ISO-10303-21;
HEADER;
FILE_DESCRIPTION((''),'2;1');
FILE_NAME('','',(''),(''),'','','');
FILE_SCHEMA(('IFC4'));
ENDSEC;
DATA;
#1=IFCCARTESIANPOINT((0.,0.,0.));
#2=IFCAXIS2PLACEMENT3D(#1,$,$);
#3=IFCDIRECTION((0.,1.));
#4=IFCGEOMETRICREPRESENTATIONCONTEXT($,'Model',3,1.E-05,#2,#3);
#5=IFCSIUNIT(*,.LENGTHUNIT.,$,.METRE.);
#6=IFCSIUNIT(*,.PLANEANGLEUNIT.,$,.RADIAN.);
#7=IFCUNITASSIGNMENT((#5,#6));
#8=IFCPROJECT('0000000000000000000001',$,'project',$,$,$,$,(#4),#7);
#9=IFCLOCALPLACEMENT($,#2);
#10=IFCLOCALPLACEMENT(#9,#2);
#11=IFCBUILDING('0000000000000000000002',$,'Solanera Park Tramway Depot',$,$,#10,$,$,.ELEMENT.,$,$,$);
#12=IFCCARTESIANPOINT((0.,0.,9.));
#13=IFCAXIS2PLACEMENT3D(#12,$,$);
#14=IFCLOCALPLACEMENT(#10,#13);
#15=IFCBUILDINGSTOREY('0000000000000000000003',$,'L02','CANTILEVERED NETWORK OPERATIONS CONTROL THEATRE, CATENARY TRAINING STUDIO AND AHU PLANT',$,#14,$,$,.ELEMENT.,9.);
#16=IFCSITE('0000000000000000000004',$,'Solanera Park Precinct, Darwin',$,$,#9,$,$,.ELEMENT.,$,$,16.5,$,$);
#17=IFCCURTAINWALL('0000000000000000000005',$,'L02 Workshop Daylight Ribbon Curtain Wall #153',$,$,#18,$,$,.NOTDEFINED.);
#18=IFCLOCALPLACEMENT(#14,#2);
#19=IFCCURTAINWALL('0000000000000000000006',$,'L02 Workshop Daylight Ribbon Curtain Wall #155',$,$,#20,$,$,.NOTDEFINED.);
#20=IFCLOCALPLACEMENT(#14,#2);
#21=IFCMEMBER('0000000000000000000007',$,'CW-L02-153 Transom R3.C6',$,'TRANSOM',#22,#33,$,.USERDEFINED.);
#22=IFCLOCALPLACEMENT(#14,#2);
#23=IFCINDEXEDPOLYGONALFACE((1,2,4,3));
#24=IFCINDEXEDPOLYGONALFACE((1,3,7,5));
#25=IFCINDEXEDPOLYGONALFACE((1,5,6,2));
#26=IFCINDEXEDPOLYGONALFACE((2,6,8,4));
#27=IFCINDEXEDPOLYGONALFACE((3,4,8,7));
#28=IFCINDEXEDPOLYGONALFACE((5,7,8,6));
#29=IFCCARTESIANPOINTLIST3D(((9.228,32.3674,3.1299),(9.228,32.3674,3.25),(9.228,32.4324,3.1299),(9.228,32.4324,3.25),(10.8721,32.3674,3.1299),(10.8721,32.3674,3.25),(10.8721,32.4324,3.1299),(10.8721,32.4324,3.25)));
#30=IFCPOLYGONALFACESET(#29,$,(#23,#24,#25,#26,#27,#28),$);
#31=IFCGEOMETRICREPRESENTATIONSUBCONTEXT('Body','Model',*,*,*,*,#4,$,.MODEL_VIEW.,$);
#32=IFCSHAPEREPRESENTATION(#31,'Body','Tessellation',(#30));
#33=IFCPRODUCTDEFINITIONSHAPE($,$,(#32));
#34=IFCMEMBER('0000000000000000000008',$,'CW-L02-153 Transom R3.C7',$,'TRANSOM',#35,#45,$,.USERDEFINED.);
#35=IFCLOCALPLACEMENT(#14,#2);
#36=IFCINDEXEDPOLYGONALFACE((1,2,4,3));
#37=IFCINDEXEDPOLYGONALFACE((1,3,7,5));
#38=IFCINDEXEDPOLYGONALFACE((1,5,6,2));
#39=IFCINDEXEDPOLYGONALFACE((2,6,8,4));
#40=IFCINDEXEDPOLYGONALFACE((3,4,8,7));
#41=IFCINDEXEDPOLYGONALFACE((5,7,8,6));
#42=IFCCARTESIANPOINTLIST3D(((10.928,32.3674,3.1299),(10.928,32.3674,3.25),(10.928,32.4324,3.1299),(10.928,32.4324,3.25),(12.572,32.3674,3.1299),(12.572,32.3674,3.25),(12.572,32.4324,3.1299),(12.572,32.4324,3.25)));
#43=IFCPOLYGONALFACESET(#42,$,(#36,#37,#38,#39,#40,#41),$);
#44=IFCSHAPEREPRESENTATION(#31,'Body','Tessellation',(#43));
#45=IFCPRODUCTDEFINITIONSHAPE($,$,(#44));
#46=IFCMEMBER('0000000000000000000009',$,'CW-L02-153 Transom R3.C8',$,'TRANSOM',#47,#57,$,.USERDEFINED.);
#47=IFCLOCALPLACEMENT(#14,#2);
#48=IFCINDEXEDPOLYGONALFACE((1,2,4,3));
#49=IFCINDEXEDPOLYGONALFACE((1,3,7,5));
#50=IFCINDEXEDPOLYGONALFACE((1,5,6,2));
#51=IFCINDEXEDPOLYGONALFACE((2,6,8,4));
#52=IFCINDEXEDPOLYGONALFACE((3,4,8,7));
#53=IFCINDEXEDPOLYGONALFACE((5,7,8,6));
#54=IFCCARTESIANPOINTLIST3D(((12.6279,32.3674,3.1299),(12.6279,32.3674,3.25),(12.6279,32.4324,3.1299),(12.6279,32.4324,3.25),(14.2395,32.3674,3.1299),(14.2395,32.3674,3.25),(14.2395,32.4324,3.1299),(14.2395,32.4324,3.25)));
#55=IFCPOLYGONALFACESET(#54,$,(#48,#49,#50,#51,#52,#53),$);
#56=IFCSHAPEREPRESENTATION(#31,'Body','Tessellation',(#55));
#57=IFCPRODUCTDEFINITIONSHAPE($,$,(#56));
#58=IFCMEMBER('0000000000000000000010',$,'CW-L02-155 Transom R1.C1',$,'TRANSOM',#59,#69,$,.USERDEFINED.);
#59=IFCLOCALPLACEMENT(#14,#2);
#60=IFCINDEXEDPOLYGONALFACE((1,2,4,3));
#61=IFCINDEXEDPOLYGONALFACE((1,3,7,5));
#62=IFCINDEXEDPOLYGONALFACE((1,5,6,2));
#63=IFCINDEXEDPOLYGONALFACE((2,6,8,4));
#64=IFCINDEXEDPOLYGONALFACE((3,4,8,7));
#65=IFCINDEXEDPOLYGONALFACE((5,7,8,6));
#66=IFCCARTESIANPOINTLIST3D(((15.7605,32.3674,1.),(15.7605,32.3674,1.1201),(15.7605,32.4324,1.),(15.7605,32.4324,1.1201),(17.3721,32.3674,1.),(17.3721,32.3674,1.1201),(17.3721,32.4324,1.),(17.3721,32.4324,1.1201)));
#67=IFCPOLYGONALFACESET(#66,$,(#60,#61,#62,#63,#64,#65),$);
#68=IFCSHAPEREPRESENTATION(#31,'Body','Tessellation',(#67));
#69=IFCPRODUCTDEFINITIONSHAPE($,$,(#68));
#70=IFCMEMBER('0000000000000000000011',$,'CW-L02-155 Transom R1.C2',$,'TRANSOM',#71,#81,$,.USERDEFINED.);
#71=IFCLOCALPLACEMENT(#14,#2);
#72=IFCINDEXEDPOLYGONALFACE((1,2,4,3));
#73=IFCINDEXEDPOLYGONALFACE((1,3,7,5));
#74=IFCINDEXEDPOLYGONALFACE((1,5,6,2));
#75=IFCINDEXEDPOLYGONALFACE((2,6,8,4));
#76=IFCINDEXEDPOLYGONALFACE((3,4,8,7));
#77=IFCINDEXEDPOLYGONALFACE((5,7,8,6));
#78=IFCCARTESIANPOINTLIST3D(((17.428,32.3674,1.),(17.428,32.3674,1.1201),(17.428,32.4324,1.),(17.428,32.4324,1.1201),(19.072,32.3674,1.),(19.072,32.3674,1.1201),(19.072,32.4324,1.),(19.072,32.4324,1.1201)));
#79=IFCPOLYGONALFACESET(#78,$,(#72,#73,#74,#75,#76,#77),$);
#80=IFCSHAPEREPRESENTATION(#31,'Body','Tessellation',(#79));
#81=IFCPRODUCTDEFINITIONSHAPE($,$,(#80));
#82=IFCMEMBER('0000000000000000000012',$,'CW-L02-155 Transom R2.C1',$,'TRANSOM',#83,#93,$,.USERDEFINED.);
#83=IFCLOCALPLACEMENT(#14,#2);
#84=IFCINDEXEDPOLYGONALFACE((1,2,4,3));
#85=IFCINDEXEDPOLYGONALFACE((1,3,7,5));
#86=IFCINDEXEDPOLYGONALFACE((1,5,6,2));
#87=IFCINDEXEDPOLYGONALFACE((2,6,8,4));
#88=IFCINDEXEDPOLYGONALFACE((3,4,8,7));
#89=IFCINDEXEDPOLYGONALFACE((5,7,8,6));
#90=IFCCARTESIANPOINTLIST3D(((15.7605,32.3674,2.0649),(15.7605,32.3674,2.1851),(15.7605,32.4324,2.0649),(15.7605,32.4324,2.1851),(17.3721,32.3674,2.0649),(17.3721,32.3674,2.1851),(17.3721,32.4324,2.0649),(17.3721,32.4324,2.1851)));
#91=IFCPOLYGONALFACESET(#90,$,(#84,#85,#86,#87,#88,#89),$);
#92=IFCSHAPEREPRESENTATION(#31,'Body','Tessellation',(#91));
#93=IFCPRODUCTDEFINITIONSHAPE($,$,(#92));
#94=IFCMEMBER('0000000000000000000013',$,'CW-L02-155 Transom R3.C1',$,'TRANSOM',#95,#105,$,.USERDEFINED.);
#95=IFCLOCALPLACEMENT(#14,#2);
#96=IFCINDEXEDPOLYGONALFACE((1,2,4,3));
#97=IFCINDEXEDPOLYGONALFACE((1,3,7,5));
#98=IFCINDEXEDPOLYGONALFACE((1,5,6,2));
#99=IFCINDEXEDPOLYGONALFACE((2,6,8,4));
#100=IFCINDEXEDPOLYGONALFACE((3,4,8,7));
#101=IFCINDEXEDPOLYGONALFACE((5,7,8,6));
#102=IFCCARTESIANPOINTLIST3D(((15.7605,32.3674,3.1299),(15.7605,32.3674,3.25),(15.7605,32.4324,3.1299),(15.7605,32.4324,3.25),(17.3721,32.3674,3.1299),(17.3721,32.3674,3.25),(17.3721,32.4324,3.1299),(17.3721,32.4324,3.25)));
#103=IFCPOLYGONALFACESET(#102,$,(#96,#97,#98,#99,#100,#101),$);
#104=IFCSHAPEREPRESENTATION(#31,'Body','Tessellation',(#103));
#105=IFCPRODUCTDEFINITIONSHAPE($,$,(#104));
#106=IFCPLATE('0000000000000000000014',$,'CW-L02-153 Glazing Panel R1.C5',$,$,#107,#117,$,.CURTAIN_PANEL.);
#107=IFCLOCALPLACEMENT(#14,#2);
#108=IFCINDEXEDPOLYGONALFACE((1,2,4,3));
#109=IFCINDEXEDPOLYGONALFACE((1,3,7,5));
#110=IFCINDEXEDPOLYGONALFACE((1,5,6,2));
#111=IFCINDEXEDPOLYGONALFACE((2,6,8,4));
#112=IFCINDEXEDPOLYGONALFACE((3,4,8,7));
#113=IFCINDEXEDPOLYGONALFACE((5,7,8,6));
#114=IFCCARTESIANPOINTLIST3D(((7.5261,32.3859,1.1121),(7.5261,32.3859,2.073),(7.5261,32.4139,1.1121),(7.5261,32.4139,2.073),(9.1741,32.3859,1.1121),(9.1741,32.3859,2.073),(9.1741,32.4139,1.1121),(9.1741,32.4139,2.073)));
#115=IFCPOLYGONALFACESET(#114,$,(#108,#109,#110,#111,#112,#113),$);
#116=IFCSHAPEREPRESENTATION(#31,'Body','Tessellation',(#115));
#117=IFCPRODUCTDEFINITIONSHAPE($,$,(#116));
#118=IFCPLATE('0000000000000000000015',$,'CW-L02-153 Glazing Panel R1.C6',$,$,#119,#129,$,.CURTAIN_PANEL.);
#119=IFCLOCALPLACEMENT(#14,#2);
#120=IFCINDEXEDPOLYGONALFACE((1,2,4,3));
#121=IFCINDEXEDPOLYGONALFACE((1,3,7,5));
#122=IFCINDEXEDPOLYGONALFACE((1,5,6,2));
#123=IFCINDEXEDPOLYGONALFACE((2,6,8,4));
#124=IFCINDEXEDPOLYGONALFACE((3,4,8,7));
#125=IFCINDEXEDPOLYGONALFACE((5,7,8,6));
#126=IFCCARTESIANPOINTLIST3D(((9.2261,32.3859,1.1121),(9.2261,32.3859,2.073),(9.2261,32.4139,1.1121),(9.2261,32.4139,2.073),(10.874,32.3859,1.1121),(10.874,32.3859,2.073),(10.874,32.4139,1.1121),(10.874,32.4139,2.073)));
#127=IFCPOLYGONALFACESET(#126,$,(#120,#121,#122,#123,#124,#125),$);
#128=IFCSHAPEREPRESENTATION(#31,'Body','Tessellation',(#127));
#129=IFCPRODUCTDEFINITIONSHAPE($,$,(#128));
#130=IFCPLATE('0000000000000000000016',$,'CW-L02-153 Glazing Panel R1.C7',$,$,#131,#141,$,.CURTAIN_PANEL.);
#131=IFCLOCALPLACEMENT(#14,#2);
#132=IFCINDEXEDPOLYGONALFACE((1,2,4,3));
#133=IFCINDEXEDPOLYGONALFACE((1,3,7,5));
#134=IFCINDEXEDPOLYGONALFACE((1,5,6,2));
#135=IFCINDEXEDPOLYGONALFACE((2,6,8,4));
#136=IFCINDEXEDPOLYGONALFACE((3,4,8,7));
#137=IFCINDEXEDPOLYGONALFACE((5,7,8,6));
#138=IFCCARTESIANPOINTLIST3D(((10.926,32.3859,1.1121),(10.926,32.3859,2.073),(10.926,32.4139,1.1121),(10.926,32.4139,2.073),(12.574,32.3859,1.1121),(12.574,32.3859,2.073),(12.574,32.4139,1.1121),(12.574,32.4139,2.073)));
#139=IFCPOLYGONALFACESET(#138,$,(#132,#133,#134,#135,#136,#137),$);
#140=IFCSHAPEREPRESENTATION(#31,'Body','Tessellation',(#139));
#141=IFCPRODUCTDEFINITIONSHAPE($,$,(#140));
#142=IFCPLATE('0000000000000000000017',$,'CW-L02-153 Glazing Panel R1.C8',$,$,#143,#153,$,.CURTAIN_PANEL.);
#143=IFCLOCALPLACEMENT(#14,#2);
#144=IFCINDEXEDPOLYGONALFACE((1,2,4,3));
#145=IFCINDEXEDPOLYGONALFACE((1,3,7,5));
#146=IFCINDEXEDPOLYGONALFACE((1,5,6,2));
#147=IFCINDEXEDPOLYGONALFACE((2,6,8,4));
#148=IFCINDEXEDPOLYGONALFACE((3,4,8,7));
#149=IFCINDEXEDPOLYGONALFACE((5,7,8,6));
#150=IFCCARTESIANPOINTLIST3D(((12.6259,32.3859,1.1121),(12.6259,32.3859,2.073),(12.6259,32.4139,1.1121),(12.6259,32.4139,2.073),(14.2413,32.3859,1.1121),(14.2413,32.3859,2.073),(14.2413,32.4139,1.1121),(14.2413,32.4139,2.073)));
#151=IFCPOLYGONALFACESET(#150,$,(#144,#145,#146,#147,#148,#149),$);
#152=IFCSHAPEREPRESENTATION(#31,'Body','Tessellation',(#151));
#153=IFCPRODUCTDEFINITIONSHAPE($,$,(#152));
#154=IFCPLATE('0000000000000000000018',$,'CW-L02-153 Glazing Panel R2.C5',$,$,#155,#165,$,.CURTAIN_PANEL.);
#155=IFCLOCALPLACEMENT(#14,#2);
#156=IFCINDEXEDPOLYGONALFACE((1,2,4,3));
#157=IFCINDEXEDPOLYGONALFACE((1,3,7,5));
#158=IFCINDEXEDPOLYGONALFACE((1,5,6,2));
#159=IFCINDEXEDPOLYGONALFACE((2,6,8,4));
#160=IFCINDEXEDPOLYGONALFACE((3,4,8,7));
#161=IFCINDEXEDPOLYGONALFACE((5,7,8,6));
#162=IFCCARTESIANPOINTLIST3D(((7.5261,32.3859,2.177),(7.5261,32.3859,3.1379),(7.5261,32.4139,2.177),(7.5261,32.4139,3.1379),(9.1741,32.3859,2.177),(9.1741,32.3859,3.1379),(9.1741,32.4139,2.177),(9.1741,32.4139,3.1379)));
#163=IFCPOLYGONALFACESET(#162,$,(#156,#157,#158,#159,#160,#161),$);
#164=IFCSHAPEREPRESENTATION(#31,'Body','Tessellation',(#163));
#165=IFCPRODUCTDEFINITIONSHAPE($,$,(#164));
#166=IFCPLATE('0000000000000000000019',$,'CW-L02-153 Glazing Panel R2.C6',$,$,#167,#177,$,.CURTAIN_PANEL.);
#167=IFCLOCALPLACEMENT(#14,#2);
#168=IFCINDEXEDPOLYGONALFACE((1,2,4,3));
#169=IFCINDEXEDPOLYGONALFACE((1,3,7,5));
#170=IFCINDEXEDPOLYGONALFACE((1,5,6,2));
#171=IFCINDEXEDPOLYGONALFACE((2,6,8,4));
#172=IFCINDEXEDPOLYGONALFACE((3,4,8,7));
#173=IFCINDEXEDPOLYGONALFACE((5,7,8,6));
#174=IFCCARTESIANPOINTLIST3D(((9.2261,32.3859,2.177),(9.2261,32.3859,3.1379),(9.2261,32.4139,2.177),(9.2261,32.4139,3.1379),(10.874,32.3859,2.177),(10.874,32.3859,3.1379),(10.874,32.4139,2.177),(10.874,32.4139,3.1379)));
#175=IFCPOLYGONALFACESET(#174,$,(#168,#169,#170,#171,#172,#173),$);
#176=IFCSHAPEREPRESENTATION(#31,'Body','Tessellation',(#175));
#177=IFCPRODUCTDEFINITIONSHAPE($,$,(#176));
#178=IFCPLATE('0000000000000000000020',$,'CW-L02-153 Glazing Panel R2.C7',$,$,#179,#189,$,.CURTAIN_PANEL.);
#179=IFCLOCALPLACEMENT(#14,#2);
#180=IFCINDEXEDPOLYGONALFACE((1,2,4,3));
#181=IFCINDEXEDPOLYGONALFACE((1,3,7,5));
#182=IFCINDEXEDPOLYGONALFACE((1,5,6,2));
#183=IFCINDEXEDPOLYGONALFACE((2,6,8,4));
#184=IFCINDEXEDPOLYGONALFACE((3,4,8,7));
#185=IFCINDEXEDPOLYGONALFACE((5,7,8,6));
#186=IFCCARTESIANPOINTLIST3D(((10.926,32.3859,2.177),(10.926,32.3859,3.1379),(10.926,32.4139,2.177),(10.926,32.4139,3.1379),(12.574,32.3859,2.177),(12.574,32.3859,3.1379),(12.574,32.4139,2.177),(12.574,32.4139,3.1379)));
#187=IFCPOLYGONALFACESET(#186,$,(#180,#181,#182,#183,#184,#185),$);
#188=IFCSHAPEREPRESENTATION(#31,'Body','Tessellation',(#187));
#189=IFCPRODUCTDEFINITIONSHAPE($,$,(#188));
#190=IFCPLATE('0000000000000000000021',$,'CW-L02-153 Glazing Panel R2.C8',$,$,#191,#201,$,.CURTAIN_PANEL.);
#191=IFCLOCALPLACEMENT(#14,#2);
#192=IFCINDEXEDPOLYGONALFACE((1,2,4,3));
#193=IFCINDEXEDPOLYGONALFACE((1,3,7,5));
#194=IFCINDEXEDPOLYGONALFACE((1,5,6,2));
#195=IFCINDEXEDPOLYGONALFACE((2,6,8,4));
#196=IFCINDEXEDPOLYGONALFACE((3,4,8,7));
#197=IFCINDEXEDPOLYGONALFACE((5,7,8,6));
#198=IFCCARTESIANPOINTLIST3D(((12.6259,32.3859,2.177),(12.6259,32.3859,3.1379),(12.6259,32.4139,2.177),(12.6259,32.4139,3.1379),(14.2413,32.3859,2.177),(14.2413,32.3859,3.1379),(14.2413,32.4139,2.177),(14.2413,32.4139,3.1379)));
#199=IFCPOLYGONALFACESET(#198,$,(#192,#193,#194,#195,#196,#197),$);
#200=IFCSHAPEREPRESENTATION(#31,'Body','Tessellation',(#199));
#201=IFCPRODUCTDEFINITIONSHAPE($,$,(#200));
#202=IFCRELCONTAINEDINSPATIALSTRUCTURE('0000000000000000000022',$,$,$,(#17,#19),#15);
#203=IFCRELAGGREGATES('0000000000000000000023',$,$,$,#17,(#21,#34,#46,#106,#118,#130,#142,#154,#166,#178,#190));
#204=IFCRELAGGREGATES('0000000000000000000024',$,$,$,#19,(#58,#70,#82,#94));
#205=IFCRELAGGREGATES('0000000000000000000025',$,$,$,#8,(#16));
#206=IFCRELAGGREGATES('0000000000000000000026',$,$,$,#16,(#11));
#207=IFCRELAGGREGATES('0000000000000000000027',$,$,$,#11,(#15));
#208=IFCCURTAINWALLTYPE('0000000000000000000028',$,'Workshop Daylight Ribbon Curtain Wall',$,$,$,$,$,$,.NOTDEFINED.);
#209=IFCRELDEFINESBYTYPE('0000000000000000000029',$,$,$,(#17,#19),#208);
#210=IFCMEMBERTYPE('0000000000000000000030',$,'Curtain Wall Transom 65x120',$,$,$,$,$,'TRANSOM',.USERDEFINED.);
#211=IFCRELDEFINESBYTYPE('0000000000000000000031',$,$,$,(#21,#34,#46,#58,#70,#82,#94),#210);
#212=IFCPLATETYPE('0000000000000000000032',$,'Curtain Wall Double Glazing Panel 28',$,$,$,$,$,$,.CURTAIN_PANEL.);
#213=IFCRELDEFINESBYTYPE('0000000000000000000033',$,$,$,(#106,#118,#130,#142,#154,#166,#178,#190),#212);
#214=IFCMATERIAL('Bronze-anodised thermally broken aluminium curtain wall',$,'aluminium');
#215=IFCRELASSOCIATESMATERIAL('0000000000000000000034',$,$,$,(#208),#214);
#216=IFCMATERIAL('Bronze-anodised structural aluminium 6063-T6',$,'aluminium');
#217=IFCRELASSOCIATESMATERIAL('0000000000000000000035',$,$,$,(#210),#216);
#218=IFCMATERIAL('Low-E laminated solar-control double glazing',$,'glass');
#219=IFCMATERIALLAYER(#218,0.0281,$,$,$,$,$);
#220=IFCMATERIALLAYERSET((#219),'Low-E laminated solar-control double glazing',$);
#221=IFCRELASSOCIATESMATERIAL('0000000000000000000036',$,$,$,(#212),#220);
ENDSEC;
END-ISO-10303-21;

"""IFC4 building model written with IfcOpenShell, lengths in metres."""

from ifc_helpers import new_model, si_unit, direction, frame, origin, origin_2d, place, context, subcontext, project, spatial, rectangle, extrude, material, layer, layer_set, material_profile, profile_set, type_object, element, aggregate, save


model = new_model("IFC4")

# Units and contexts
model_context = context("Model", 3, precision=1e-05, world=origin(), true_north=direction((0.0, 1.0)))
body_context = subcontext(model_context, "Body", "Model", "MODEL_VIEW")
ifc_project = project(units=[si_unit("LENGTHUNIT", "METRE"), si_unit("PLANEANGLEUNIT", "RADIAN")], contexts=[model_context])

# Site, building, storey
site_placement = place(None, origin())
site = spatial("IfcSite", under=ifc_project, at=site_placement, Name="Solanera Park Precinct, Darwin", CompositionType="ELEMENT", RefElevation=16.5)
building_placement = place(site_placement, origin())
building = spatial("IfcBuilding", under=site, at=building_placement, Name="Solanera Park Tramway Depot", CompositionType="ELEMENT")
storey_placement = place(building_placement, frame((0.0, 0.0, 9.0)))
storey = spatial("IfcBuildingStorey", under=building, at=storey_placement, Name="L02", Description="CANTILEVERED NETWORK OPERATIONS CONTROL THEATRE, CATENARY TRAINING STUDIO AND AHU PLANT", CompositionType="ELEMENT", Elevation=9.0)

# Curtain walls
ifc_material_1 = material(Name="Bronze-anodised thermally broken aluminium curtain wall", Category="aluminium")
curtain_wall_type = type_object("IfcCurtainWallType", Name="Workshop Daylight Ribbon Curtain Wall", PredefinedType="NOTDEFINED", material=ifc_material_1)
curtain_wall_1_placement = place(storey_placement, origin())
curtain_wall_1 = element("IfcCurtainWall", 1, at=curtain_wall_1_placement, inside=storey, type_object=curtain_wall_type, Name="L02 Workshop Daylight Ribbon Curtain Wall #153", PredefinedType="NOTDEFINED")
curtain_wall_2_placement = place(storey_placement, origin())
curtain_wall_2 = element("IfcCurtainWall", 2, at=curtain_wall_2_placement, inside=storey, type_object=curtain_wall_type, Name="L02 Workshop Daylight Ribbon Curtain Wall #155", PredefinedType="NOTDEFINED")

# Members
ifc_material_2 = material(Name="Bronze-anodised structural aluminium 6063-T6", Category="aluminium")
ifc_material_profile_1 = material_profile(ifc_material_2, rectangle(XDim=0.0649, YDim=0.1201, at=origin_2d()), Name="Curtain Wall Transom 65x120")
ifc_profile_set_1 = profile_set([ifc_material_profile_1], Name="Bronze-anodised structural aluminium 6063-T6")
member_type_1 = type_object("IfcMemberType", Name="Curtain Wall Transom 65x120", ElementType="TRANSOM", PredefinedType="USERDEFINED", material=ifc_profile_set_1)
member_1_placement = place(storey_placement, frame((9.228, 32.3999, 3.1899), z_axis=(1.0, 0.0, 0.0), x_axis=(0.0, 1.0, 0.0)))
member_1 = element("IfcMember", 3, at=member_1_placement, type_object=member_type_1, Name="CW-L02-153 Transom R3.C6", ObjectType="TRANSOM", PredefinedType="USERDEFINED", context=body_context, shape_type="SweptSolid", body=[
    extrude(rectangle(XDim=0.0649, YDim=0.1201, at=origin_2d()), origin(), (0.0, 0.0, 1.0), 1.644),
])
member_2_placement = place(storey_placement, frame((10.928, 32.3999, 3.1899), z_axis=(1.0, 0.0, 0.0), x_axis=(0.0, 1.0, 0.0)))
member_2 = element("IfcMember", 4, at=member_2_placement, type_object=member_type_1, Name="CW-L02-153 Transom R3.C7", ObjectType="TRANSOM", PredefinedType="USERDEFINED", context=body_context, shape_type="SweptSolid", body=[
    extrude(rectangle(XDim=0.0649, YDim=0.1201, at=origin_2d()), origin(), (0.0, 0.0, 1.0), 1.644),
])
member_3_placement = place(storey_placement, frame((12.6279, 32.3999, 3.1899), z_axis=(1.0, 0.0, 0.0), x_axis=(0.0, 1.0, 0.0)))
member_3 = element("IfcMember", 5, at=member_3_placement, type_object=member_type_1, Name="CW-L02-153 Transom R3.C8", ObjectType="TRANSOM", PredefinedType="USERDEFINED", context=body_context, shape_type="SweptSolid", body=[
    extrude(rectangle(XDim=0.0649, YDim=0.1201, at=origin_2d()), origin(), (0.0, 0.0, 1.0), 1.6116),
])
member_4_placement = place(storey_placement, frame((15.7605, 32.3999, 1.0601), z_axis=(1.0, 0.0, 0.0), x_axis=(0.0, 1.0, 0.0)))
member_4 = element("IfcMember", 6, at=member_4_placement, type_object=member_type_1, Name="CW-L02-155 Transom R1.C1", ObjectType="TRANSOM", PredefinedType="USERDEFINED", context=body_context, shape_type="SweptSolid", body=[
    extrude(rectangle(XDim=0.0649, YDim=0.1201, at=origin_2d()), origin(), (0.0, 0.0, 1.0), 1.6116),
])
member_5_placement = place(storey_placement, frame((17.428, 32.3999, 1.0601), z_axis=(1.0, 0.0, 0.0), x_axis=(0.0, 1.0, 0.0)))
member_5 = element("IfcMember", 7, at=member_5_placement, type_object=member_type_1, Name="CW-L02-155 Transom R1.C2", ObjectType="TRANSOM", PredefinedType="USERDEFINED", context=body_context, shape_type="SweptSolid", body=[
    extrude(rectangle(XDim=0.0649, YDim=0.1201, at=origin_2d()), origin(), (0.0, 0.0, 1.0), 1.644),
])
member_6_placement = place(storey_placement, frame((15.7605, 32.3999, 2.125), z_axis=(1.0, 0.0, 0.0), x_axis=(0.0, 1.0, 0.0)))
member_6 = element("IfcMember", 8, at=member_6_placement, type_object=member_type_1, Name="CW-L02-155 Transom R2.C1", ObjectType="TRANSOM", PredefinedType="USERDEFINED", context=body_context, shape_type="SweptSolid", body=[
    extrude(rectangle(XDim=0.0649, YDim=0.1201, at=origin_2d()), origin(), (0.0, 0.0, 1.0), 1.6116),
])
member_7_placement = place(storey_placement, frame((15.7605, 32.3999, 3.1899), z_axis=(1.0, 0.0, 0.0), x_axis=(0.0, 1.0, 0.0)))
member_7 = element("IfcMember", 9, at=member_7_placement, type_object=member_type_1, Name="CW-L02-155 Transom R3.C1", ObjectType="TRANSOM", PredefinedType="USERDEFINED", context=body_context, shape_type="SweptSolid", body=[
    extrude(rectangle(XDim=0.0649, YDim=0.1201, at=origin_2d()), origin(), (0.0, 0.0, 1.0), 1.6116),
])

# Plates
ifc_material_3 = material(Name="Low-E laminated solar-control double glazing", Category="glass")
ifc_layer_1 = layer(ifc_material_3, 0.0281)
ifc_layer_set_1 = layer_set([ifc_layer_1], Name="Low-E laminated solar-control double glazing")
plate_type = type_object("IfcPlateType", Name="Curtain Wall Double Glazing Panel 28", PredefinedType="CURTAIN_PANEL", material=ifc_layer_set_1)
plate_1_placement = place(storey_placement, frame((8.3501, 32.3999, 1.1121), z_axis=(0.0, 0.0, 1.0), x_axis=(1.0, 0.0, 0.0)))
plate_1 = element("IfcPlate", 10, at=plate_1_placement, type_object=plate_type, Name="CW-L02-153 Glazing Panel R1.C5", PredefinedType="CURTAIN_PANEL", context=body_context, shape_type="SweptSolid", body=[
    extrude(rectangle(XDim=1.6479, YDim=0.0281, at=origin_2d()), origin(), (0.0, 0.0, 1.0), 0.9609),
])
plate_2_placement = place(storey_placement, frame((10.05, 32.3999, 1.1121), z_axis=(0.0, 0.0, 1.0), x_axis=(1.0, 0.0, 0.0)))
plate_2 = element("IfcPlate", 11, at=plate_2_placement, type_object=plate_type, Name="CW-L02-153 Glazing Panel R1.C6", PredefinedType="CURTAIN_PANEL", context=body_context, shape_type="SweptSolid", body=[
    extrude(rectangle(XDim=1.6479, YDim=0.0281, at=origin_2d()), origin(), (0.0, 0.0, 1.0), 0.9609),
])
plate_3_placement = place(storey_placement, frame((11.75, 32.3999, 1.1121), z_axis=(0.0, 0.0, 1.0), x_axis=(1.0, 0.0, 0.0)))
plate_3 = element("IfcPlate", 12, at=plate_3_placement, type_object=plate_type, Name="CW-L02-153 Glazing Panel R1.C7", PredefinedType="CURTAIN_PANEL", context=body_context, shape_type="SweptSolid", body=[
    extrude(rectangle(XDim=1.6479, YDim=0.0281, at=origin_2d()), origin(), (0.0, 0.0, 1.0), 0.9609),
])
plate_4_placement = place(storey_placement, frame((13.4336, 32.3999, 1.1121), z_axis=(0.0, 0.0, 1.0), x_axis=(1.0, 0.0, 0.0)))
plate_4 = element("IfcPlate", 13, at=plate_4_placement, type_object=plate_type, Name="CW-L02-153 Glazing Panel R1.C8", PredefinedType="CURTAIN_PANEL", context=body_context, shape_type="SweptSolid", body=[
    extrude(rectangle(XDim=1.6155, YDim=0.0281, at=origin_2d()), origin(), (0.0, 0.0, 1.0), 0.9609),
])
plate_5_placement = place(storey_placement, frame((8.3501, 32.3999, 2.177), z_axis=(0.0, 0.0, 1.0), x_axis=(1.0, 0.0, 0.0)))
plate_5 = element("IfcPlate", 14, at=plate_5_placement, type_object=plate_type, Name="CW-L02-153 Glazing Panel R2.C5", PredefinedType="CURTAIN_PANEL", context=body_context, shape_type="SweptSolid", body=[
    extrude(rectangle(XDim=1.6479, YDim=0.0281, at=origin_2d()), origin(), (0.0, 0.0, 1.0), 0.9609),
])
plate_6_placement = place(storey_placement, frame((10.05, 32.3999, 2.177), z_axis=(0.0, 0.0, 1.0), x_axis=(1.0, 0.0, 0.0)))
plate_6 = element("IfcPlate", 15, at=plate_6_placement, type_object=plate_type, Name="CW-L02-153 Glazing Panel R2.C6", PredefinedType="CURTAIN_PANEL", context=body_context, shape_type="SweptSolid", body=[
    extrude(rectangle(XDim=1.6479, YDim=0.0281, at=origin_2d()), origin(), (0.0, 0.0, 1.0), 0.9609),
])
plate_7_placement = place(storey_placement, frame((11.75, 32.3999, 2.177), z_axis=(0.0, 0.0, 1.0), x_axis=(1.0, 0.0, 0.0)))
plate_7 = element("IfcPlate", 16, at=plate_7_placement, type_object=plate_type, Name="CW-L02-153 Glazing Panel R2.C7", PredefinedType="CURTAIN_PANEL", context=body_context, shape_type="SweptSolid", body=[
    extrude(rectangle(XDim=1.6479, YDim=0.0281, at=origin_2d()), origin(), (0.0, 0.0, 1.0), 0.9609),
])
plate_8_placement = place(storey_placement, frame((13.4336, 32.3999, 2.177), z_axis=(0.0, 0.0, 1.0), x_axis=(1.0, 0.0, 0.0)))
plate_8 = element("IfcPlate", 17, at=plate_8_placement, type_object=plate_type, Name="CW-L02-153 Glazing Panel R2.C8", PredefinedType="CURTAIN_PANEL", context=body_context, shape_type="SweptSolid", body=[
    extrude(rectangle(XDim=1.6155, YDim=0.0281, at=origin_2d()), origin(), (0.0, 0.0, 1.0), 0.9609),
])
aggregate(curtain_wall_1, [member_1, member_2, member_3, plate_1, plate_2, plate_3, plate_4, plate_5, plate_6, plate_7, plate_8])
aggregate(curtain_wall_2, [member_4, member_5, member_6, member_7])

save(model, "model.ifc")
